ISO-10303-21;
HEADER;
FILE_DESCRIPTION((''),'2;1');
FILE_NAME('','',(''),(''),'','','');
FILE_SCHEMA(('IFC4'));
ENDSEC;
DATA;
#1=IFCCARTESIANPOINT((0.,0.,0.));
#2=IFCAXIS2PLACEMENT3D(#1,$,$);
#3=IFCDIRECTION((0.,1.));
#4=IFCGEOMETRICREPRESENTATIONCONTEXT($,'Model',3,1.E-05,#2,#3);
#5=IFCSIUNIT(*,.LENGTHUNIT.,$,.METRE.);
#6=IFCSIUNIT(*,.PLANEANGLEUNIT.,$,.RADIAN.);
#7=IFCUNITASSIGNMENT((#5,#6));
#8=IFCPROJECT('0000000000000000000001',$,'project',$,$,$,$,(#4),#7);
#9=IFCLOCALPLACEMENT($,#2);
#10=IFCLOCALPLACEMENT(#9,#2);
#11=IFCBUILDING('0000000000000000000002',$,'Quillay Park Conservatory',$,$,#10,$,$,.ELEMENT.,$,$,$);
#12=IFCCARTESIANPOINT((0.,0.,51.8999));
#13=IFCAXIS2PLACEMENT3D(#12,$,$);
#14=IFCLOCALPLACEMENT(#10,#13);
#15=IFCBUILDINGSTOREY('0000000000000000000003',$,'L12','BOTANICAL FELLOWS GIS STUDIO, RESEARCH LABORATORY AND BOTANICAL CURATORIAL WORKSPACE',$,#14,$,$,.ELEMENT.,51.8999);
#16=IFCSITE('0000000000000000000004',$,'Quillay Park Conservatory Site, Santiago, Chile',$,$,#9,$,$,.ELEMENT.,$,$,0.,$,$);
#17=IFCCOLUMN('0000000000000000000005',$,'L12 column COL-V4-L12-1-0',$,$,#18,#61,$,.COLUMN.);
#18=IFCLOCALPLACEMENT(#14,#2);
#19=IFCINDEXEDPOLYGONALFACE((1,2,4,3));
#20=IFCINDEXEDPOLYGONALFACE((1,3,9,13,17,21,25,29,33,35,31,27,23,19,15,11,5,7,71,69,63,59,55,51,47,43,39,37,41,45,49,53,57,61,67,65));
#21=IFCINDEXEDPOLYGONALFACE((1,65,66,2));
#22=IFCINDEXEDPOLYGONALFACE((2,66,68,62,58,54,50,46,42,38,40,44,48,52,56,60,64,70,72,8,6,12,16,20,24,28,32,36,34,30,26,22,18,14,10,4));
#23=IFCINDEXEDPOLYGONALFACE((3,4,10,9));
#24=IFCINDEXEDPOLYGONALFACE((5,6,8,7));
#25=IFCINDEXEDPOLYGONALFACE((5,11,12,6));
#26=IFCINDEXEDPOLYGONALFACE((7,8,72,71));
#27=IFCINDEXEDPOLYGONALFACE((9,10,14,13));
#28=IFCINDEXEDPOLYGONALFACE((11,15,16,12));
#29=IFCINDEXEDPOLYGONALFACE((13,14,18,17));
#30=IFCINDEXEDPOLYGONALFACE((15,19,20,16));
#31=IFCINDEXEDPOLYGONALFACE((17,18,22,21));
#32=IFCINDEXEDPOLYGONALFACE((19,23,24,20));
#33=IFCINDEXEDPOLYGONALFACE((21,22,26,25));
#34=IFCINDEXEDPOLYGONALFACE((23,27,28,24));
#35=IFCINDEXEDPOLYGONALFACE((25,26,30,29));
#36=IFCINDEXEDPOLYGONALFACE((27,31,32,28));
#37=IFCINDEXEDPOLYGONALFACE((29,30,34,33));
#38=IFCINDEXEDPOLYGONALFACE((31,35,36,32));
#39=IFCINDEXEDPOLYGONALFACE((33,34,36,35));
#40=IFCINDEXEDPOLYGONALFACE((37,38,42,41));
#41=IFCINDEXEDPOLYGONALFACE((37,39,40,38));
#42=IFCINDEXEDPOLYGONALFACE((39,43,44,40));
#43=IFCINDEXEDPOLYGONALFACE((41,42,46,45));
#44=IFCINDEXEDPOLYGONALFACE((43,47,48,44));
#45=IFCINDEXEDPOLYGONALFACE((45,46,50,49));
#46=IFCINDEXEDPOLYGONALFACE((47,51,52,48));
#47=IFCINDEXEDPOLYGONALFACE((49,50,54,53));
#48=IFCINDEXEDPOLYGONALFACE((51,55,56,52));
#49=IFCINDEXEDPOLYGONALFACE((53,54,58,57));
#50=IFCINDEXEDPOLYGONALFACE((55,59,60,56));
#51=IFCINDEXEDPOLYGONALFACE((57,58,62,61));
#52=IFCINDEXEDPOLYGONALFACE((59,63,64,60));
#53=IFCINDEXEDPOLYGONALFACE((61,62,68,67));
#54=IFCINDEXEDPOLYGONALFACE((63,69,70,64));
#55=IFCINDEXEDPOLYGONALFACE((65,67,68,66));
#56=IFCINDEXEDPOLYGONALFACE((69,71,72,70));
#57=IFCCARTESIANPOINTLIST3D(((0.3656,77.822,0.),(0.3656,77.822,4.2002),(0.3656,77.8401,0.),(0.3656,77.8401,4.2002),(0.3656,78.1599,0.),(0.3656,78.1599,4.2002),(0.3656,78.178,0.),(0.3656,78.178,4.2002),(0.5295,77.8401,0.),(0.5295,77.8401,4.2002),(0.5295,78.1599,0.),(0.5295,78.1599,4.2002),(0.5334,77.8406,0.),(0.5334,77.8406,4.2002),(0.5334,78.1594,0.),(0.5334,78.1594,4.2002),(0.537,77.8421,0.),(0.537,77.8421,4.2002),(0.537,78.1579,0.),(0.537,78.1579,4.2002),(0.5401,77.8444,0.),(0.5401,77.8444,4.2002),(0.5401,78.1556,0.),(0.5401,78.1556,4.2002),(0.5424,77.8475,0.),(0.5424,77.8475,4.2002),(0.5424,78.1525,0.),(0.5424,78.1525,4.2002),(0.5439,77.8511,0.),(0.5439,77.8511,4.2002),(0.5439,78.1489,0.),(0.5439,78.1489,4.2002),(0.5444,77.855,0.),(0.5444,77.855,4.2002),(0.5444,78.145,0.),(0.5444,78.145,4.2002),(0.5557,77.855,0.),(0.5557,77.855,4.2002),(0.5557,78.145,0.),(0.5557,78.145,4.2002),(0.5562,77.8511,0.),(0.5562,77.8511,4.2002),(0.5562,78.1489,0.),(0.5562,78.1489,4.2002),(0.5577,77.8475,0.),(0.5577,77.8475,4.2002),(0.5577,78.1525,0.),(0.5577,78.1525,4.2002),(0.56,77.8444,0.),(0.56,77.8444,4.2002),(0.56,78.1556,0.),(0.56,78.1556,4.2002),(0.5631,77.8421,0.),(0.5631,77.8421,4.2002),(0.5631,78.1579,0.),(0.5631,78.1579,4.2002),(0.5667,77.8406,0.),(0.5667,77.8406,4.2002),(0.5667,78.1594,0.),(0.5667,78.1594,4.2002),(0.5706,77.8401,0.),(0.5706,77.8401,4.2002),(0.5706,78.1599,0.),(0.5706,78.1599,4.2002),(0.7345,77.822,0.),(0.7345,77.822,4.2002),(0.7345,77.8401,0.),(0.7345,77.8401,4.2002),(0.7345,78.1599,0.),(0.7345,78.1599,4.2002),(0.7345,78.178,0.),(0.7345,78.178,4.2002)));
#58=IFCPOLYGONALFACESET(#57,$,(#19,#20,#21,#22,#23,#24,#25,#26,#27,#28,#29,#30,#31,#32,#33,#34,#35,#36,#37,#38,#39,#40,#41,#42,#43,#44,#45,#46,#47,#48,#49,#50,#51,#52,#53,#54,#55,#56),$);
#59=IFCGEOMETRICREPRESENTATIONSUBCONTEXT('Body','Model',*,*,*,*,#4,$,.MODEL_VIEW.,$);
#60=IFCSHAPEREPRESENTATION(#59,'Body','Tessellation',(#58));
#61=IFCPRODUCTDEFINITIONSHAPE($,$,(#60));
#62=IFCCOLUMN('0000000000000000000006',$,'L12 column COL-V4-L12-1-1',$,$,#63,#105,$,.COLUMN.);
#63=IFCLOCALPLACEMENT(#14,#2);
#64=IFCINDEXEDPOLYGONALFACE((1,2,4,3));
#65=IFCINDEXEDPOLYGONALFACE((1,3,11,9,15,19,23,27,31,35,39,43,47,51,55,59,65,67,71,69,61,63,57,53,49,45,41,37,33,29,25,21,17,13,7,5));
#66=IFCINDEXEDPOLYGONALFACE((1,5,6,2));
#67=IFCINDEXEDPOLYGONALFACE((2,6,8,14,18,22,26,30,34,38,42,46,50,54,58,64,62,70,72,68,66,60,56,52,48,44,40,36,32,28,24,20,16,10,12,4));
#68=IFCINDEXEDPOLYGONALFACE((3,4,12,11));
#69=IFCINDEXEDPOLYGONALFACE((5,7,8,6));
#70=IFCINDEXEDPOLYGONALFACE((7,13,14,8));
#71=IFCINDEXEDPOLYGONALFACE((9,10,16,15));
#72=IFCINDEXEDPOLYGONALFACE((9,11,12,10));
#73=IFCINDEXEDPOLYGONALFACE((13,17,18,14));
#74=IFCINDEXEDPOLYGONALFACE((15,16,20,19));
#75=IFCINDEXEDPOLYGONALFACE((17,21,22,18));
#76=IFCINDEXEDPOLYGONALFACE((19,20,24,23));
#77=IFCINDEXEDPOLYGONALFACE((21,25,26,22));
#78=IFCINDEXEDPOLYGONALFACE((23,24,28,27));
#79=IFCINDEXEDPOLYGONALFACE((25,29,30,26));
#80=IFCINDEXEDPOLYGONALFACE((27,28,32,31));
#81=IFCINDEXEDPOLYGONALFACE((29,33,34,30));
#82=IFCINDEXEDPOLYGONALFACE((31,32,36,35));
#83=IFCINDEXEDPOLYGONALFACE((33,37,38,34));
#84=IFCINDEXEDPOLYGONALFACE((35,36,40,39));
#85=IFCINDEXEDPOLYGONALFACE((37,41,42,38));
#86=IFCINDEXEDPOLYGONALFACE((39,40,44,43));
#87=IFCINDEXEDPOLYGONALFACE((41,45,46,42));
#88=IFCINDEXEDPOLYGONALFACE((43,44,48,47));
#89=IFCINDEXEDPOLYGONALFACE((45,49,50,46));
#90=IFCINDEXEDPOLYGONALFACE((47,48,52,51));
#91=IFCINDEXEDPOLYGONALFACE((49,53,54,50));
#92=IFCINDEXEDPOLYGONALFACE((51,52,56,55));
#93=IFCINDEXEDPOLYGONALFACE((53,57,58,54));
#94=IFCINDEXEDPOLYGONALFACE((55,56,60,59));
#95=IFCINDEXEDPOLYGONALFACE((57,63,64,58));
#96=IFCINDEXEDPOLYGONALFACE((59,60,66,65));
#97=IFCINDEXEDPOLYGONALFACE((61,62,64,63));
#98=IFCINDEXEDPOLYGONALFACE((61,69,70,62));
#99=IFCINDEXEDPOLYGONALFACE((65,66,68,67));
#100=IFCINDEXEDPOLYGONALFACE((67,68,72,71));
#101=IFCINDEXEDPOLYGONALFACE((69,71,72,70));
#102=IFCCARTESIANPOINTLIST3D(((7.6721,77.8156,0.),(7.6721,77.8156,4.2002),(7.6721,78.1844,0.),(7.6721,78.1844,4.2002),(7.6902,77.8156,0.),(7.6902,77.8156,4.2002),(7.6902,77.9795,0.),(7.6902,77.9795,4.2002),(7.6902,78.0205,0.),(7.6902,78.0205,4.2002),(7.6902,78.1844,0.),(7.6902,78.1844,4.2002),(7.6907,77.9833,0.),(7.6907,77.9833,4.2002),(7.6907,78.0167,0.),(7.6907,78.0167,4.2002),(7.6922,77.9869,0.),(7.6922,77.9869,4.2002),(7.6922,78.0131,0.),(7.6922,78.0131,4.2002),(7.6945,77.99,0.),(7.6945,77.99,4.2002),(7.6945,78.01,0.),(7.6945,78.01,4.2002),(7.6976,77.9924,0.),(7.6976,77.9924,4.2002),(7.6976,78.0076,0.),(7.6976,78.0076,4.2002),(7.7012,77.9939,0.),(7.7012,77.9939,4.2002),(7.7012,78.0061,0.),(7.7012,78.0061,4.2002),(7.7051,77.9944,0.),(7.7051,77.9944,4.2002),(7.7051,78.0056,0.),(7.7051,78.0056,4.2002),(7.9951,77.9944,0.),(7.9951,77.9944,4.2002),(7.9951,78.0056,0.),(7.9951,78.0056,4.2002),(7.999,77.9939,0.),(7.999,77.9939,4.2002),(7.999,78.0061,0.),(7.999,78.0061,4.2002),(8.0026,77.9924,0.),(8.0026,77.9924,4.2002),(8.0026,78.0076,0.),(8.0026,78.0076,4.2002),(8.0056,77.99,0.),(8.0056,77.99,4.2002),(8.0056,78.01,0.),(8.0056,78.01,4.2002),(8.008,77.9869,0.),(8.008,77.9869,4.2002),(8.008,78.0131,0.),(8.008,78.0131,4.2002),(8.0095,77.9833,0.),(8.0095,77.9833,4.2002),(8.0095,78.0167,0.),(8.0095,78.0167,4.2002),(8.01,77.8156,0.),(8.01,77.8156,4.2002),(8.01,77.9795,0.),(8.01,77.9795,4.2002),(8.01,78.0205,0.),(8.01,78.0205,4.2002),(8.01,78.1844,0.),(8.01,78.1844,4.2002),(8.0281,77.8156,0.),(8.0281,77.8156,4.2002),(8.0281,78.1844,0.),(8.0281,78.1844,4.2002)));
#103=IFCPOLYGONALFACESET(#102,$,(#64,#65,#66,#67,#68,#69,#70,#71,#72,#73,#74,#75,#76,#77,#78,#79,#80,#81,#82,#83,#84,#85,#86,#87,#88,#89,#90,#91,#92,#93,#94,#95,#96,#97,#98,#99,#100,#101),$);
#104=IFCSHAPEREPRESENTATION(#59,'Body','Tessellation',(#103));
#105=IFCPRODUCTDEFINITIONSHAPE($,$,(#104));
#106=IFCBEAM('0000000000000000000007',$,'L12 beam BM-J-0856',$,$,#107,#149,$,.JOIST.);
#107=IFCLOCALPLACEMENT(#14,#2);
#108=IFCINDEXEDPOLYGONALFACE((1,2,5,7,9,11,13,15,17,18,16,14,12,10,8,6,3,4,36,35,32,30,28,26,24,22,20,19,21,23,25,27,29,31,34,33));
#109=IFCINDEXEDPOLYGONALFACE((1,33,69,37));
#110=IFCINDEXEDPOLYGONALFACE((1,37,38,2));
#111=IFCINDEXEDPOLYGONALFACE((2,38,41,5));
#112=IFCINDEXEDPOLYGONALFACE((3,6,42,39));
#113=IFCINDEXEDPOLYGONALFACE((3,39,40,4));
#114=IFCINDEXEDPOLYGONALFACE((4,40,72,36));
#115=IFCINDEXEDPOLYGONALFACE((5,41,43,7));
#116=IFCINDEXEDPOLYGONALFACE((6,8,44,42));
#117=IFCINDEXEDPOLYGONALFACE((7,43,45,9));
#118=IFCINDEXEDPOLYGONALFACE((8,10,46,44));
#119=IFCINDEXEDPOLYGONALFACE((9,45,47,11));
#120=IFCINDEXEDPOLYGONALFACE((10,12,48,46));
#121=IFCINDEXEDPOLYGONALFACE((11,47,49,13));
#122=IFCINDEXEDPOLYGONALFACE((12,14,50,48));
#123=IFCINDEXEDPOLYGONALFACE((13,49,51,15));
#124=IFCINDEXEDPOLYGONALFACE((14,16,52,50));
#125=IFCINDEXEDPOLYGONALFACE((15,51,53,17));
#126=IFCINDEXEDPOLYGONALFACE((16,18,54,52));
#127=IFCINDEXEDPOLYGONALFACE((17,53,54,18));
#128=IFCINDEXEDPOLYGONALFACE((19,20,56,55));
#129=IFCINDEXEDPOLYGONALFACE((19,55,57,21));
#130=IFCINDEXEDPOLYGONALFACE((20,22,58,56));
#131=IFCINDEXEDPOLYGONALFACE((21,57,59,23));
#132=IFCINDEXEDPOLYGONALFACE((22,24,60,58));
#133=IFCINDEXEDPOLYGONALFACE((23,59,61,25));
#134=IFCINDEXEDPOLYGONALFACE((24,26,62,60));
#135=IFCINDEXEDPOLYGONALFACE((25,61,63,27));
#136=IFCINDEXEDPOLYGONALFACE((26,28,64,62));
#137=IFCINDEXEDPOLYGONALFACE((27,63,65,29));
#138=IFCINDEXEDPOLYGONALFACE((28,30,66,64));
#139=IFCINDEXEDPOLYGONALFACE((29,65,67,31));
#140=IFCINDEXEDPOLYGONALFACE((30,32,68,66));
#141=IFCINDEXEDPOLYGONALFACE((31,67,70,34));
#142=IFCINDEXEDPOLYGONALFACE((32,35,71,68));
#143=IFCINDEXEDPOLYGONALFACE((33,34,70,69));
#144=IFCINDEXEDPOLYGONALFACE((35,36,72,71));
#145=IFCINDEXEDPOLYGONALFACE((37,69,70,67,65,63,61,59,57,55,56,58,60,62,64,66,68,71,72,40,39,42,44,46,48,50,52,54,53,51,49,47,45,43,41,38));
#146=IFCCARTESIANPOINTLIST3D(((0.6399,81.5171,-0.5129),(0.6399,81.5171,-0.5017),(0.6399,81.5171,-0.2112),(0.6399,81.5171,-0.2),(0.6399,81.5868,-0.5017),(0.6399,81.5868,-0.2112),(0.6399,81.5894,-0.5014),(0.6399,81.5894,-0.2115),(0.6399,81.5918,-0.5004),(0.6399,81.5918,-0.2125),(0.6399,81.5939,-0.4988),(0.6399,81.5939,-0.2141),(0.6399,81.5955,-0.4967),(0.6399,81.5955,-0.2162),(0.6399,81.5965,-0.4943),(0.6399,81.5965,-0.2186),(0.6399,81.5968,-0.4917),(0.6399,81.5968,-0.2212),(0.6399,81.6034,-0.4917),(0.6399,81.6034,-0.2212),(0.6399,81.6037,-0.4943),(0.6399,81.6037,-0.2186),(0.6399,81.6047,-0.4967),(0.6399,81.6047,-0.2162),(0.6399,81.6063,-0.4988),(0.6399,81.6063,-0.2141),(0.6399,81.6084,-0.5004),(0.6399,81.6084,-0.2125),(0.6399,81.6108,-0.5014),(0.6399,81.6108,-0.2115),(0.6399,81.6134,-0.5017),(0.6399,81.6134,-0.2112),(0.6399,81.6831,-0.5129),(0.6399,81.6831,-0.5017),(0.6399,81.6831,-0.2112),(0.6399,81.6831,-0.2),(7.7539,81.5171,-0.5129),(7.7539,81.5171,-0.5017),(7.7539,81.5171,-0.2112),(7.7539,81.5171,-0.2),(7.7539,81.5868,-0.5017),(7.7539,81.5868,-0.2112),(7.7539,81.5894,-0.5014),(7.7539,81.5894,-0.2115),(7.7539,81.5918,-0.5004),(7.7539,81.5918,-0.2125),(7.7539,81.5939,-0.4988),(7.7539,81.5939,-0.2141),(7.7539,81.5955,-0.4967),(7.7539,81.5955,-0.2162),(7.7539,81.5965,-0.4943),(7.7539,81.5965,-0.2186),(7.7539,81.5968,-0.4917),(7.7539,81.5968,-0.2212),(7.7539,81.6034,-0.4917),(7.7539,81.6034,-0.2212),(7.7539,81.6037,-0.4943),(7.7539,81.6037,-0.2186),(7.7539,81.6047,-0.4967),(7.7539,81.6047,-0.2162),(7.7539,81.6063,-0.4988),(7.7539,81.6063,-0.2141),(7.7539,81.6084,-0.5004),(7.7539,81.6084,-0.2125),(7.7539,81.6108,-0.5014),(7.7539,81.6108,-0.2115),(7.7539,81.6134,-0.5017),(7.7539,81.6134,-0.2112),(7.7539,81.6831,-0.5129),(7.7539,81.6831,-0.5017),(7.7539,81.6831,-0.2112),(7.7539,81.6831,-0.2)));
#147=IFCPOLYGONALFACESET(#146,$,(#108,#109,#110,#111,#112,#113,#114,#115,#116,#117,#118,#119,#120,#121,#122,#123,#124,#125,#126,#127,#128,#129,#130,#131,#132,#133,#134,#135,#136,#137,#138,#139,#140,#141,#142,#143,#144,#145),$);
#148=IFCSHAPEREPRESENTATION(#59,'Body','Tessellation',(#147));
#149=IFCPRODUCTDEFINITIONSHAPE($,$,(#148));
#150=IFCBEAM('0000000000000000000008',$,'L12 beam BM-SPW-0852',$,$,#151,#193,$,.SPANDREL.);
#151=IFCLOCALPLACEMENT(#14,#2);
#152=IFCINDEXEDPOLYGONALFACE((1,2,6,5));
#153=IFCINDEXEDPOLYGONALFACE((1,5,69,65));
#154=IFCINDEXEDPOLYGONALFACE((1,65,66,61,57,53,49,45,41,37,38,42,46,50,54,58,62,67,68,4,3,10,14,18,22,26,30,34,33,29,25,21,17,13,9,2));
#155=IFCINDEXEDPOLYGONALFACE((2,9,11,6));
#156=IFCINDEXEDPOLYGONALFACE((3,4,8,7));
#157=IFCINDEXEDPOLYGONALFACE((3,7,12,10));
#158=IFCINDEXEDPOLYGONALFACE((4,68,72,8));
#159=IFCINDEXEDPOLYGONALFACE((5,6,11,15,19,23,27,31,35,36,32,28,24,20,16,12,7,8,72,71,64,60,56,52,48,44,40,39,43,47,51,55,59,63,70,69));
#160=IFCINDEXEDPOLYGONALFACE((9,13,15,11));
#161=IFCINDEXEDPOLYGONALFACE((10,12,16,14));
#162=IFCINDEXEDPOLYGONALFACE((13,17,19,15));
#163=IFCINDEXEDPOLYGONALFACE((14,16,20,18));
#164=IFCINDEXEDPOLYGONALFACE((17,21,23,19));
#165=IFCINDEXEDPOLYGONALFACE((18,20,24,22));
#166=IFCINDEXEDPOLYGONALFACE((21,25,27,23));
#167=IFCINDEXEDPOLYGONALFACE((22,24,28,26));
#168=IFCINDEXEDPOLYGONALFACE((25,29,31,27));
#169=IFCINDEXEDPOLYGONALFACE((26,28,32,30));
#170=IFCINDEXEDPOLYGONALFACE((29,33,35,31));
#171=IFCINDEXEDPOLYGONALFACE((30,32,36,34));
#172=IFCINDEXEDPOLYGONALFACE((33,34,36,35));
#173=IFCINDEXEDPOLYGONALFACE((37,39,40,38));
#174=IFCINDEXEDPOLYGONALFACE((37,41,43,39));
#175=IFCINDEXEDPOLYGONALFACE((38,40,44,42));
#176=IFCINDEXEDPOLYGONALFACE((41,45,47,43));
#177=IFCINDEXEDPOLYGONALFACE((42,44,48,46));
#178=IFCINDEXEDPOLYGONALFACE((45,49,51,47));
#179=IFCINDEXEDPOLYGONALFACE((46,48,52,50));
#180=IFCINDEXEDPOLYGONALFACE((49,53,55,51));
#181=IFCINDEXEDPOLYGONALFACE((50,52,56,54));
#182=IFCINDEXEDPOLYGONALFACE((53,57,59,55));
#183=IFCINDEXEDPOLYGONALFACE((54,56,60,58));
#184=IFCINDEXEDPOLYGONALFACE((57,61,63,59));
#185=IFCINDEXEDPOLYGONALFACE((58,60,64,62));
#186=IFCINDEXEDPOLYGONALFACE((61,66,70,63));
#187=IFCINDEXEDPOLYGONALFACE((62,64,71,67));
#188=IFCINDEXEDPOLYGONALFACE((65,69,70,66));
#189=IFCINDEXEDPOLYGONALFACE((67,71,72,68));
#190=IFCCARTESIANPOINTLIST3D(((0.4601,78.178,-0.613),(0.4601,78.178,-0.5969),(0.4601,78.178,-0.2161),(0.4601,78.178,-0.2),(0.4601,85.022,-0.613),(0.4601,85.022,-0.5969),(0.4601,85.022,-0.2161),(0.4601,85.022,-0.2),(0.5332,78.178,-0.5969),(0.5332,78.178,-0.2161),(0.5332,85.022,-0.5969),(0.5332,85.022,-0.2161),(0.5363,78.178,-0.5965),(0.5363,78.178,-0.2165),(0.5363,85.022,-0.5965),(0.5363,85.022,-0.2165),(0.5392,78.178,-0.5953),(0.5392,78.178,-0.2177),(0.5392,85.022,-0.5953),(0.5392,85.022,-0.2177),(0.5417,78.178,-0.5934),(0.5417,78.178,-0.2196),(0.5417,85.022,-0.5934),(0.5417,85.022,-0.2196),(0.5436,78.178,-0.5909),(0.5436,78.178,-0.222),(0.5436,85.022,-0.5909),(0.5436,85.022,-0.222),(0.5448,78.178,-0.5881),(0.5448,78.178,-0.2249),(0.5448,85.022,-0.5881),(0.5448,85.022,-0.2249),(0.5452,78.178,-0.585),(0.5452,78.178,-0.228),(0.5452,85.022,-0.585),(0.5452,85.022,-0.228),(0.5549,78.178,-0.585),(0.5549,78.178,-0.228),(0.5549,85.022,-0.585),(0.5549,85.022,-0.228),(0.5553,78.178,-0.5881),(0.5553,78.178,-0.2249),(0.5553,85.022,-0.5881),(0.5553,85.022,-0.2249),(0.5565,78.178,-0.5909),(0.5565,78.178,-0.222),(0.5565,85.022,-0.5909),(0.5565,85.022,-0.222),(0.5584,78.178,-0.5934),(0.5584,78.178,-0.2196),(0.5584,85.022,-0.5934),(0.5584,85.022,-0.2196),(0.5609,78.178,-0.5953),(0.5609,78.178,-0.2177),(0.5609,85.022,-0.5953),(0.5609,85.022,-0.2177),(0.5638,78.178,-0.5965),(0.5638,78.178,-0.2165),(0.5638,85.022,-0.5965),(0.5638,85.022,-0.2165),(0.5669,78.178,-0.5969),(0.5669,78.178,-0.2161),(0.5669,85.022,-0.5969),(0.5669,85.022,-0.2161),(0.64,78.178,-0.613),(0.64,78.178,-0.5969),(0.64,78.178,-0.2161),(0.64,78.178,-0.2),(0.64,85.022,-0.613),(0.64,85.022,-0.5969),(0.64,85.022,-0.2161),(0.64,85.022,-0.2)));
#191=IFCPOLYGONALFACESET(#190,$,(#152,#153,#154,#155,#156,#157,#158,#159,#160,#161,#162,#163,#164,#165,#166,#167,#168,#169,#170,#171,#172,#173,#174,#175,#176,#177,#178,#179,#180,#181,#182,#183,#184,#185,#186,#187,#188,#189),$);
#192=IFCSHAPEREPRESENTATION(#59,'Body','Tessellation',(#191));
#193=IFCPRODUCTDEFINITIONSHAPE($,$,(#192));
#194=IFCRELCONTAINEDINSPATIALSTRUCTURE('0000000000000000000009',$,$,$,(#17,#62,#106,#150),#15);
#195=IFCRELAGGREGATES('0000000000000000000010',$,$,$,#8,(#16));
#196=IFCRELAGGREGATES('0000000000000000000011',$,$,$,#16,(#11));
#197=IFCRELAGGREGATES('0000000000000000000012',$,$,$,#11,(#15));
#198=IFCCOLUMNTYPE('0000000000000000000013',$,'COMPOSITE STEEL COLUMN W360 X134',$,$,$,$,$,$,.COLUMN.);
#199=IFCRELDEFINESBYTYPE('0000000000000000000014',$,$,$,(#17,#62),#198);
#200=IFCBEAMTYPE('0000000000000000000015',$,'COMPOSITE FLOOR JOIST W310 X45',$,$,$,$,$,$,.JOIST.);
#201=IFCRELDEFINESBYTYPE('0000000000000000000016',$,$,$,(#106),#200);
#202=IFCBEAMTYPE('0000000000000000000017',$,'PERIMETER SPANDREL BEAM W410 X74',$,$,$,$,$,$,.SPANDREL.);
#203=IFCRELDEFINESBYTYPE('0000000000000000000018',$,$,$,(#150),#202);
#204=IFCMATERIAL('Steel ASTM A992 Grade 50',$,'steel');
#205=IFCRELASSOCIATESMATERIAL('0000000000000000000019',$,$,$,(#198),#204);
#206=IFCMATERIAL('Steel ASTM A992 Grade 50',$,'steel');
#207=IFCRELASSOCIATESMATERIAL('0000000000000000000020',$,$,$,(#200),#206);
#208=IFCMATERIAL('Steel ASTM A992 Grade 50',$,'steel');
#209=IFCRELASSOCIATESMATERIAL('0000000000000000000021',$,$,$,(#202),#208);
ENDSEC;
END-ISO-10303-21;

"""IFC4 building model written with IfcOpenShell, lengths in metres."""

from ifc_helpers import new_model, si_unit, direction, frame, origin, origin_2d, place, context, subcontext, project, spatial, i_section, extrude, material, material_profile, profile_set, type_object, element, save


model = new_model("IFC4")

# Units and contexts
model_context = context("Model", 3, precision=1e-05, world=origin(), true_north=direction((0.0, 1.0)))
body_context = subcontext(model_context, "Body", "Model", "MODEL_VIEW")
ifc_project = project(units=[si_unit("LENGTHUNIT", "METRE"), si_unit("PLANEANGLEUNIT", "RADIAN")], contexts=[model_context])

# Site, building, storey
site_placement = place(None, origin())
site = spatial("IfcSite", under=ifc_project, at=site_placement, Name="Quillay Park Conservatory Site, Santiago, Chile", CompositionType="ELEMENT", RefElevation=0.0)
building_placement = place(site_placement, origin())
building = spatial("IfcBuilding", under=site, at=building_placement, Name="Quillay Park Conservatory", CompositionType="ELEMENT")
storey_placement = place(building_placement, frame((0.0, 0.0, 51.8999)))
storey = spatial("IfcBuildingStorey", under=building, at=storey_placement, Name="L12", Description="BOTANICAL FELLOWS GIS STUDIO, RESEARCH LABORATORY AND BOTANICAL CURATORIAL WORKSPACE", CompositionType="ELEMENT", Elevation=51.8999)

# Columns
ifc_material_1 = material(Name="Steel ASTM A992 Grade 50", Category="steel")
ifc_material_profile_1 = material_profile(ifc_material_1, i_section(OverallWidth=0.3689, OverallDepth=0.356, WebThickness=0.0112, FlangeThickness=0.0181, FilletRadius=0.0149, at=origin_2d()), Name="W360x134")
ifc_profile_set_1 = profile_set([ifc_material_profile_1], Name="Steel ASTM A992 Grade 50")
column_type = type_object("IfcColumnType", Name="COMPOSITE STEEL COLUMN W360 X134", PredefinedType="COLUMN", material=ifc_profile_set_1)
for number, where, z_axis, x_axis, name in (
    (1, (0.55, 78.0, 0.0), (0.0, 0.0, 1.0), (1.0, 0.0, 0.0), "L12 column COL-V4-L12-1-0"),
    (2, (7.8501, 78.0, 0.0), (0.0, 0.0, 1.0), (0.0, 1.0, 0.0), "L12 column COL-V4-L12-1-1"),
):
    element("IfcColumn", number, at=place(storey_placement, frame(where, z_axis=z_axis, x_axis=x_axis)), inside=storey, type_object=column_type, Name=name, PredefinedType="COLUMN", context=body_context, shape_type="SweptSolid", body=[
        extrude(i_section(OverallWidth=0.3689, OverallDepth=0.356, WebThickness=0.0112, FlangeThickness=0.0181, FilletRadius=0.0149, at=origin_2d()), origin(), (0.0, 0.0, 1.0), 4.2002),
    ])

# Beams
ifc_material_2 = material(Name="Steel ASTM A992 Grade 50", Category="steel")
ifc_material_profile_2 = material_profile(ifc_material_2, i_section(OverallWidth=0.166, OverallDepth=0.313, WebThickness=0.0066, FlangeThickness=0.0112, FilletRadius=0.01, at=origin_2d()), Name="W310x45")
ifc_profile_set_2 = profile_set([ifc_material_profile_2], Name="Steel ASTM A992 Grade 50")
beam_type_1 = type_object("IfcBeamType", Name="COMPOSITE FLOOR JOIST W310 X45", PredefinedType="JOIST", material=ifc_profile_set_2)
beam_1_placement = place(storey_placement, frame((0.6399, 81.6001, -0.3564), z_axis=(1.0, 0.0, 0.0), x_axis=(0.0, 1.0, 0.0)))
element("IfcBeam", 3, at=beam_1_placement, inside=storey, type_object=beam_type_1, Name="L12 beam BM-J-0856", PredefinedType="JOIST", context=body_context, shape_type="SweptSolid", body=[
    extrude(i_section(OverallWidth=0.166, OverallDepth=0.313, WebThickness=0.0066, FlangeThickness=0.0112, FilletRadius=0.01, at=origin_2d()), origin(), (0.0, 0.0, 1.0), 7.114),
])
ifc_material_3 = material(Name="Steel ASTM A992 Grade 50", Category="steel")
ifc_material_profile_3 = material_profile(ifc_material_3, i_section(OverallWidth=0.1799, OverallDepth=0.4131, WebThickness=0.0098, FlangeThickness=0.0161, FilletRadius=0.012, at=origin_2d()), Name="W410x74")
ifc_profile_set_3 = profile_set([ifc_material_profile_3], Name="Steel ASTM A992 Grade 50")
beam_type_2 = type_object("IfcBeamType", Name="PERIMETER SPANDREL BEAM W410 X74", PredefinedType="SPANDREL", material=ifc_profile_set_3)
beam_2_placement = place(storey_placement, frame((0.55, 78.178, -0.4065), z_axis=(0.0, 1.0, 0.0), x_axis=(-1.0, 0.0, 0.0)))
element("IfcBeam", 4, at=beam_2_placement, inside=storey, type_object=beam_type_2, Name="L12 beam BM-SPW-0852", PredefinedType="SPANDREL", context=body_context, shape_type="SweptSolid", body=[
    extrude(i_section(OverallWidth=0.1799, OverallDepth=0.4131, WebThickness=0.0098, FlangeThickness=0.0161, FilletRadius=0.012, at=origin_2d()), origin(), (0.0, 0.0, 1.0), 6.844),
])

save(model, "model.ifc")
